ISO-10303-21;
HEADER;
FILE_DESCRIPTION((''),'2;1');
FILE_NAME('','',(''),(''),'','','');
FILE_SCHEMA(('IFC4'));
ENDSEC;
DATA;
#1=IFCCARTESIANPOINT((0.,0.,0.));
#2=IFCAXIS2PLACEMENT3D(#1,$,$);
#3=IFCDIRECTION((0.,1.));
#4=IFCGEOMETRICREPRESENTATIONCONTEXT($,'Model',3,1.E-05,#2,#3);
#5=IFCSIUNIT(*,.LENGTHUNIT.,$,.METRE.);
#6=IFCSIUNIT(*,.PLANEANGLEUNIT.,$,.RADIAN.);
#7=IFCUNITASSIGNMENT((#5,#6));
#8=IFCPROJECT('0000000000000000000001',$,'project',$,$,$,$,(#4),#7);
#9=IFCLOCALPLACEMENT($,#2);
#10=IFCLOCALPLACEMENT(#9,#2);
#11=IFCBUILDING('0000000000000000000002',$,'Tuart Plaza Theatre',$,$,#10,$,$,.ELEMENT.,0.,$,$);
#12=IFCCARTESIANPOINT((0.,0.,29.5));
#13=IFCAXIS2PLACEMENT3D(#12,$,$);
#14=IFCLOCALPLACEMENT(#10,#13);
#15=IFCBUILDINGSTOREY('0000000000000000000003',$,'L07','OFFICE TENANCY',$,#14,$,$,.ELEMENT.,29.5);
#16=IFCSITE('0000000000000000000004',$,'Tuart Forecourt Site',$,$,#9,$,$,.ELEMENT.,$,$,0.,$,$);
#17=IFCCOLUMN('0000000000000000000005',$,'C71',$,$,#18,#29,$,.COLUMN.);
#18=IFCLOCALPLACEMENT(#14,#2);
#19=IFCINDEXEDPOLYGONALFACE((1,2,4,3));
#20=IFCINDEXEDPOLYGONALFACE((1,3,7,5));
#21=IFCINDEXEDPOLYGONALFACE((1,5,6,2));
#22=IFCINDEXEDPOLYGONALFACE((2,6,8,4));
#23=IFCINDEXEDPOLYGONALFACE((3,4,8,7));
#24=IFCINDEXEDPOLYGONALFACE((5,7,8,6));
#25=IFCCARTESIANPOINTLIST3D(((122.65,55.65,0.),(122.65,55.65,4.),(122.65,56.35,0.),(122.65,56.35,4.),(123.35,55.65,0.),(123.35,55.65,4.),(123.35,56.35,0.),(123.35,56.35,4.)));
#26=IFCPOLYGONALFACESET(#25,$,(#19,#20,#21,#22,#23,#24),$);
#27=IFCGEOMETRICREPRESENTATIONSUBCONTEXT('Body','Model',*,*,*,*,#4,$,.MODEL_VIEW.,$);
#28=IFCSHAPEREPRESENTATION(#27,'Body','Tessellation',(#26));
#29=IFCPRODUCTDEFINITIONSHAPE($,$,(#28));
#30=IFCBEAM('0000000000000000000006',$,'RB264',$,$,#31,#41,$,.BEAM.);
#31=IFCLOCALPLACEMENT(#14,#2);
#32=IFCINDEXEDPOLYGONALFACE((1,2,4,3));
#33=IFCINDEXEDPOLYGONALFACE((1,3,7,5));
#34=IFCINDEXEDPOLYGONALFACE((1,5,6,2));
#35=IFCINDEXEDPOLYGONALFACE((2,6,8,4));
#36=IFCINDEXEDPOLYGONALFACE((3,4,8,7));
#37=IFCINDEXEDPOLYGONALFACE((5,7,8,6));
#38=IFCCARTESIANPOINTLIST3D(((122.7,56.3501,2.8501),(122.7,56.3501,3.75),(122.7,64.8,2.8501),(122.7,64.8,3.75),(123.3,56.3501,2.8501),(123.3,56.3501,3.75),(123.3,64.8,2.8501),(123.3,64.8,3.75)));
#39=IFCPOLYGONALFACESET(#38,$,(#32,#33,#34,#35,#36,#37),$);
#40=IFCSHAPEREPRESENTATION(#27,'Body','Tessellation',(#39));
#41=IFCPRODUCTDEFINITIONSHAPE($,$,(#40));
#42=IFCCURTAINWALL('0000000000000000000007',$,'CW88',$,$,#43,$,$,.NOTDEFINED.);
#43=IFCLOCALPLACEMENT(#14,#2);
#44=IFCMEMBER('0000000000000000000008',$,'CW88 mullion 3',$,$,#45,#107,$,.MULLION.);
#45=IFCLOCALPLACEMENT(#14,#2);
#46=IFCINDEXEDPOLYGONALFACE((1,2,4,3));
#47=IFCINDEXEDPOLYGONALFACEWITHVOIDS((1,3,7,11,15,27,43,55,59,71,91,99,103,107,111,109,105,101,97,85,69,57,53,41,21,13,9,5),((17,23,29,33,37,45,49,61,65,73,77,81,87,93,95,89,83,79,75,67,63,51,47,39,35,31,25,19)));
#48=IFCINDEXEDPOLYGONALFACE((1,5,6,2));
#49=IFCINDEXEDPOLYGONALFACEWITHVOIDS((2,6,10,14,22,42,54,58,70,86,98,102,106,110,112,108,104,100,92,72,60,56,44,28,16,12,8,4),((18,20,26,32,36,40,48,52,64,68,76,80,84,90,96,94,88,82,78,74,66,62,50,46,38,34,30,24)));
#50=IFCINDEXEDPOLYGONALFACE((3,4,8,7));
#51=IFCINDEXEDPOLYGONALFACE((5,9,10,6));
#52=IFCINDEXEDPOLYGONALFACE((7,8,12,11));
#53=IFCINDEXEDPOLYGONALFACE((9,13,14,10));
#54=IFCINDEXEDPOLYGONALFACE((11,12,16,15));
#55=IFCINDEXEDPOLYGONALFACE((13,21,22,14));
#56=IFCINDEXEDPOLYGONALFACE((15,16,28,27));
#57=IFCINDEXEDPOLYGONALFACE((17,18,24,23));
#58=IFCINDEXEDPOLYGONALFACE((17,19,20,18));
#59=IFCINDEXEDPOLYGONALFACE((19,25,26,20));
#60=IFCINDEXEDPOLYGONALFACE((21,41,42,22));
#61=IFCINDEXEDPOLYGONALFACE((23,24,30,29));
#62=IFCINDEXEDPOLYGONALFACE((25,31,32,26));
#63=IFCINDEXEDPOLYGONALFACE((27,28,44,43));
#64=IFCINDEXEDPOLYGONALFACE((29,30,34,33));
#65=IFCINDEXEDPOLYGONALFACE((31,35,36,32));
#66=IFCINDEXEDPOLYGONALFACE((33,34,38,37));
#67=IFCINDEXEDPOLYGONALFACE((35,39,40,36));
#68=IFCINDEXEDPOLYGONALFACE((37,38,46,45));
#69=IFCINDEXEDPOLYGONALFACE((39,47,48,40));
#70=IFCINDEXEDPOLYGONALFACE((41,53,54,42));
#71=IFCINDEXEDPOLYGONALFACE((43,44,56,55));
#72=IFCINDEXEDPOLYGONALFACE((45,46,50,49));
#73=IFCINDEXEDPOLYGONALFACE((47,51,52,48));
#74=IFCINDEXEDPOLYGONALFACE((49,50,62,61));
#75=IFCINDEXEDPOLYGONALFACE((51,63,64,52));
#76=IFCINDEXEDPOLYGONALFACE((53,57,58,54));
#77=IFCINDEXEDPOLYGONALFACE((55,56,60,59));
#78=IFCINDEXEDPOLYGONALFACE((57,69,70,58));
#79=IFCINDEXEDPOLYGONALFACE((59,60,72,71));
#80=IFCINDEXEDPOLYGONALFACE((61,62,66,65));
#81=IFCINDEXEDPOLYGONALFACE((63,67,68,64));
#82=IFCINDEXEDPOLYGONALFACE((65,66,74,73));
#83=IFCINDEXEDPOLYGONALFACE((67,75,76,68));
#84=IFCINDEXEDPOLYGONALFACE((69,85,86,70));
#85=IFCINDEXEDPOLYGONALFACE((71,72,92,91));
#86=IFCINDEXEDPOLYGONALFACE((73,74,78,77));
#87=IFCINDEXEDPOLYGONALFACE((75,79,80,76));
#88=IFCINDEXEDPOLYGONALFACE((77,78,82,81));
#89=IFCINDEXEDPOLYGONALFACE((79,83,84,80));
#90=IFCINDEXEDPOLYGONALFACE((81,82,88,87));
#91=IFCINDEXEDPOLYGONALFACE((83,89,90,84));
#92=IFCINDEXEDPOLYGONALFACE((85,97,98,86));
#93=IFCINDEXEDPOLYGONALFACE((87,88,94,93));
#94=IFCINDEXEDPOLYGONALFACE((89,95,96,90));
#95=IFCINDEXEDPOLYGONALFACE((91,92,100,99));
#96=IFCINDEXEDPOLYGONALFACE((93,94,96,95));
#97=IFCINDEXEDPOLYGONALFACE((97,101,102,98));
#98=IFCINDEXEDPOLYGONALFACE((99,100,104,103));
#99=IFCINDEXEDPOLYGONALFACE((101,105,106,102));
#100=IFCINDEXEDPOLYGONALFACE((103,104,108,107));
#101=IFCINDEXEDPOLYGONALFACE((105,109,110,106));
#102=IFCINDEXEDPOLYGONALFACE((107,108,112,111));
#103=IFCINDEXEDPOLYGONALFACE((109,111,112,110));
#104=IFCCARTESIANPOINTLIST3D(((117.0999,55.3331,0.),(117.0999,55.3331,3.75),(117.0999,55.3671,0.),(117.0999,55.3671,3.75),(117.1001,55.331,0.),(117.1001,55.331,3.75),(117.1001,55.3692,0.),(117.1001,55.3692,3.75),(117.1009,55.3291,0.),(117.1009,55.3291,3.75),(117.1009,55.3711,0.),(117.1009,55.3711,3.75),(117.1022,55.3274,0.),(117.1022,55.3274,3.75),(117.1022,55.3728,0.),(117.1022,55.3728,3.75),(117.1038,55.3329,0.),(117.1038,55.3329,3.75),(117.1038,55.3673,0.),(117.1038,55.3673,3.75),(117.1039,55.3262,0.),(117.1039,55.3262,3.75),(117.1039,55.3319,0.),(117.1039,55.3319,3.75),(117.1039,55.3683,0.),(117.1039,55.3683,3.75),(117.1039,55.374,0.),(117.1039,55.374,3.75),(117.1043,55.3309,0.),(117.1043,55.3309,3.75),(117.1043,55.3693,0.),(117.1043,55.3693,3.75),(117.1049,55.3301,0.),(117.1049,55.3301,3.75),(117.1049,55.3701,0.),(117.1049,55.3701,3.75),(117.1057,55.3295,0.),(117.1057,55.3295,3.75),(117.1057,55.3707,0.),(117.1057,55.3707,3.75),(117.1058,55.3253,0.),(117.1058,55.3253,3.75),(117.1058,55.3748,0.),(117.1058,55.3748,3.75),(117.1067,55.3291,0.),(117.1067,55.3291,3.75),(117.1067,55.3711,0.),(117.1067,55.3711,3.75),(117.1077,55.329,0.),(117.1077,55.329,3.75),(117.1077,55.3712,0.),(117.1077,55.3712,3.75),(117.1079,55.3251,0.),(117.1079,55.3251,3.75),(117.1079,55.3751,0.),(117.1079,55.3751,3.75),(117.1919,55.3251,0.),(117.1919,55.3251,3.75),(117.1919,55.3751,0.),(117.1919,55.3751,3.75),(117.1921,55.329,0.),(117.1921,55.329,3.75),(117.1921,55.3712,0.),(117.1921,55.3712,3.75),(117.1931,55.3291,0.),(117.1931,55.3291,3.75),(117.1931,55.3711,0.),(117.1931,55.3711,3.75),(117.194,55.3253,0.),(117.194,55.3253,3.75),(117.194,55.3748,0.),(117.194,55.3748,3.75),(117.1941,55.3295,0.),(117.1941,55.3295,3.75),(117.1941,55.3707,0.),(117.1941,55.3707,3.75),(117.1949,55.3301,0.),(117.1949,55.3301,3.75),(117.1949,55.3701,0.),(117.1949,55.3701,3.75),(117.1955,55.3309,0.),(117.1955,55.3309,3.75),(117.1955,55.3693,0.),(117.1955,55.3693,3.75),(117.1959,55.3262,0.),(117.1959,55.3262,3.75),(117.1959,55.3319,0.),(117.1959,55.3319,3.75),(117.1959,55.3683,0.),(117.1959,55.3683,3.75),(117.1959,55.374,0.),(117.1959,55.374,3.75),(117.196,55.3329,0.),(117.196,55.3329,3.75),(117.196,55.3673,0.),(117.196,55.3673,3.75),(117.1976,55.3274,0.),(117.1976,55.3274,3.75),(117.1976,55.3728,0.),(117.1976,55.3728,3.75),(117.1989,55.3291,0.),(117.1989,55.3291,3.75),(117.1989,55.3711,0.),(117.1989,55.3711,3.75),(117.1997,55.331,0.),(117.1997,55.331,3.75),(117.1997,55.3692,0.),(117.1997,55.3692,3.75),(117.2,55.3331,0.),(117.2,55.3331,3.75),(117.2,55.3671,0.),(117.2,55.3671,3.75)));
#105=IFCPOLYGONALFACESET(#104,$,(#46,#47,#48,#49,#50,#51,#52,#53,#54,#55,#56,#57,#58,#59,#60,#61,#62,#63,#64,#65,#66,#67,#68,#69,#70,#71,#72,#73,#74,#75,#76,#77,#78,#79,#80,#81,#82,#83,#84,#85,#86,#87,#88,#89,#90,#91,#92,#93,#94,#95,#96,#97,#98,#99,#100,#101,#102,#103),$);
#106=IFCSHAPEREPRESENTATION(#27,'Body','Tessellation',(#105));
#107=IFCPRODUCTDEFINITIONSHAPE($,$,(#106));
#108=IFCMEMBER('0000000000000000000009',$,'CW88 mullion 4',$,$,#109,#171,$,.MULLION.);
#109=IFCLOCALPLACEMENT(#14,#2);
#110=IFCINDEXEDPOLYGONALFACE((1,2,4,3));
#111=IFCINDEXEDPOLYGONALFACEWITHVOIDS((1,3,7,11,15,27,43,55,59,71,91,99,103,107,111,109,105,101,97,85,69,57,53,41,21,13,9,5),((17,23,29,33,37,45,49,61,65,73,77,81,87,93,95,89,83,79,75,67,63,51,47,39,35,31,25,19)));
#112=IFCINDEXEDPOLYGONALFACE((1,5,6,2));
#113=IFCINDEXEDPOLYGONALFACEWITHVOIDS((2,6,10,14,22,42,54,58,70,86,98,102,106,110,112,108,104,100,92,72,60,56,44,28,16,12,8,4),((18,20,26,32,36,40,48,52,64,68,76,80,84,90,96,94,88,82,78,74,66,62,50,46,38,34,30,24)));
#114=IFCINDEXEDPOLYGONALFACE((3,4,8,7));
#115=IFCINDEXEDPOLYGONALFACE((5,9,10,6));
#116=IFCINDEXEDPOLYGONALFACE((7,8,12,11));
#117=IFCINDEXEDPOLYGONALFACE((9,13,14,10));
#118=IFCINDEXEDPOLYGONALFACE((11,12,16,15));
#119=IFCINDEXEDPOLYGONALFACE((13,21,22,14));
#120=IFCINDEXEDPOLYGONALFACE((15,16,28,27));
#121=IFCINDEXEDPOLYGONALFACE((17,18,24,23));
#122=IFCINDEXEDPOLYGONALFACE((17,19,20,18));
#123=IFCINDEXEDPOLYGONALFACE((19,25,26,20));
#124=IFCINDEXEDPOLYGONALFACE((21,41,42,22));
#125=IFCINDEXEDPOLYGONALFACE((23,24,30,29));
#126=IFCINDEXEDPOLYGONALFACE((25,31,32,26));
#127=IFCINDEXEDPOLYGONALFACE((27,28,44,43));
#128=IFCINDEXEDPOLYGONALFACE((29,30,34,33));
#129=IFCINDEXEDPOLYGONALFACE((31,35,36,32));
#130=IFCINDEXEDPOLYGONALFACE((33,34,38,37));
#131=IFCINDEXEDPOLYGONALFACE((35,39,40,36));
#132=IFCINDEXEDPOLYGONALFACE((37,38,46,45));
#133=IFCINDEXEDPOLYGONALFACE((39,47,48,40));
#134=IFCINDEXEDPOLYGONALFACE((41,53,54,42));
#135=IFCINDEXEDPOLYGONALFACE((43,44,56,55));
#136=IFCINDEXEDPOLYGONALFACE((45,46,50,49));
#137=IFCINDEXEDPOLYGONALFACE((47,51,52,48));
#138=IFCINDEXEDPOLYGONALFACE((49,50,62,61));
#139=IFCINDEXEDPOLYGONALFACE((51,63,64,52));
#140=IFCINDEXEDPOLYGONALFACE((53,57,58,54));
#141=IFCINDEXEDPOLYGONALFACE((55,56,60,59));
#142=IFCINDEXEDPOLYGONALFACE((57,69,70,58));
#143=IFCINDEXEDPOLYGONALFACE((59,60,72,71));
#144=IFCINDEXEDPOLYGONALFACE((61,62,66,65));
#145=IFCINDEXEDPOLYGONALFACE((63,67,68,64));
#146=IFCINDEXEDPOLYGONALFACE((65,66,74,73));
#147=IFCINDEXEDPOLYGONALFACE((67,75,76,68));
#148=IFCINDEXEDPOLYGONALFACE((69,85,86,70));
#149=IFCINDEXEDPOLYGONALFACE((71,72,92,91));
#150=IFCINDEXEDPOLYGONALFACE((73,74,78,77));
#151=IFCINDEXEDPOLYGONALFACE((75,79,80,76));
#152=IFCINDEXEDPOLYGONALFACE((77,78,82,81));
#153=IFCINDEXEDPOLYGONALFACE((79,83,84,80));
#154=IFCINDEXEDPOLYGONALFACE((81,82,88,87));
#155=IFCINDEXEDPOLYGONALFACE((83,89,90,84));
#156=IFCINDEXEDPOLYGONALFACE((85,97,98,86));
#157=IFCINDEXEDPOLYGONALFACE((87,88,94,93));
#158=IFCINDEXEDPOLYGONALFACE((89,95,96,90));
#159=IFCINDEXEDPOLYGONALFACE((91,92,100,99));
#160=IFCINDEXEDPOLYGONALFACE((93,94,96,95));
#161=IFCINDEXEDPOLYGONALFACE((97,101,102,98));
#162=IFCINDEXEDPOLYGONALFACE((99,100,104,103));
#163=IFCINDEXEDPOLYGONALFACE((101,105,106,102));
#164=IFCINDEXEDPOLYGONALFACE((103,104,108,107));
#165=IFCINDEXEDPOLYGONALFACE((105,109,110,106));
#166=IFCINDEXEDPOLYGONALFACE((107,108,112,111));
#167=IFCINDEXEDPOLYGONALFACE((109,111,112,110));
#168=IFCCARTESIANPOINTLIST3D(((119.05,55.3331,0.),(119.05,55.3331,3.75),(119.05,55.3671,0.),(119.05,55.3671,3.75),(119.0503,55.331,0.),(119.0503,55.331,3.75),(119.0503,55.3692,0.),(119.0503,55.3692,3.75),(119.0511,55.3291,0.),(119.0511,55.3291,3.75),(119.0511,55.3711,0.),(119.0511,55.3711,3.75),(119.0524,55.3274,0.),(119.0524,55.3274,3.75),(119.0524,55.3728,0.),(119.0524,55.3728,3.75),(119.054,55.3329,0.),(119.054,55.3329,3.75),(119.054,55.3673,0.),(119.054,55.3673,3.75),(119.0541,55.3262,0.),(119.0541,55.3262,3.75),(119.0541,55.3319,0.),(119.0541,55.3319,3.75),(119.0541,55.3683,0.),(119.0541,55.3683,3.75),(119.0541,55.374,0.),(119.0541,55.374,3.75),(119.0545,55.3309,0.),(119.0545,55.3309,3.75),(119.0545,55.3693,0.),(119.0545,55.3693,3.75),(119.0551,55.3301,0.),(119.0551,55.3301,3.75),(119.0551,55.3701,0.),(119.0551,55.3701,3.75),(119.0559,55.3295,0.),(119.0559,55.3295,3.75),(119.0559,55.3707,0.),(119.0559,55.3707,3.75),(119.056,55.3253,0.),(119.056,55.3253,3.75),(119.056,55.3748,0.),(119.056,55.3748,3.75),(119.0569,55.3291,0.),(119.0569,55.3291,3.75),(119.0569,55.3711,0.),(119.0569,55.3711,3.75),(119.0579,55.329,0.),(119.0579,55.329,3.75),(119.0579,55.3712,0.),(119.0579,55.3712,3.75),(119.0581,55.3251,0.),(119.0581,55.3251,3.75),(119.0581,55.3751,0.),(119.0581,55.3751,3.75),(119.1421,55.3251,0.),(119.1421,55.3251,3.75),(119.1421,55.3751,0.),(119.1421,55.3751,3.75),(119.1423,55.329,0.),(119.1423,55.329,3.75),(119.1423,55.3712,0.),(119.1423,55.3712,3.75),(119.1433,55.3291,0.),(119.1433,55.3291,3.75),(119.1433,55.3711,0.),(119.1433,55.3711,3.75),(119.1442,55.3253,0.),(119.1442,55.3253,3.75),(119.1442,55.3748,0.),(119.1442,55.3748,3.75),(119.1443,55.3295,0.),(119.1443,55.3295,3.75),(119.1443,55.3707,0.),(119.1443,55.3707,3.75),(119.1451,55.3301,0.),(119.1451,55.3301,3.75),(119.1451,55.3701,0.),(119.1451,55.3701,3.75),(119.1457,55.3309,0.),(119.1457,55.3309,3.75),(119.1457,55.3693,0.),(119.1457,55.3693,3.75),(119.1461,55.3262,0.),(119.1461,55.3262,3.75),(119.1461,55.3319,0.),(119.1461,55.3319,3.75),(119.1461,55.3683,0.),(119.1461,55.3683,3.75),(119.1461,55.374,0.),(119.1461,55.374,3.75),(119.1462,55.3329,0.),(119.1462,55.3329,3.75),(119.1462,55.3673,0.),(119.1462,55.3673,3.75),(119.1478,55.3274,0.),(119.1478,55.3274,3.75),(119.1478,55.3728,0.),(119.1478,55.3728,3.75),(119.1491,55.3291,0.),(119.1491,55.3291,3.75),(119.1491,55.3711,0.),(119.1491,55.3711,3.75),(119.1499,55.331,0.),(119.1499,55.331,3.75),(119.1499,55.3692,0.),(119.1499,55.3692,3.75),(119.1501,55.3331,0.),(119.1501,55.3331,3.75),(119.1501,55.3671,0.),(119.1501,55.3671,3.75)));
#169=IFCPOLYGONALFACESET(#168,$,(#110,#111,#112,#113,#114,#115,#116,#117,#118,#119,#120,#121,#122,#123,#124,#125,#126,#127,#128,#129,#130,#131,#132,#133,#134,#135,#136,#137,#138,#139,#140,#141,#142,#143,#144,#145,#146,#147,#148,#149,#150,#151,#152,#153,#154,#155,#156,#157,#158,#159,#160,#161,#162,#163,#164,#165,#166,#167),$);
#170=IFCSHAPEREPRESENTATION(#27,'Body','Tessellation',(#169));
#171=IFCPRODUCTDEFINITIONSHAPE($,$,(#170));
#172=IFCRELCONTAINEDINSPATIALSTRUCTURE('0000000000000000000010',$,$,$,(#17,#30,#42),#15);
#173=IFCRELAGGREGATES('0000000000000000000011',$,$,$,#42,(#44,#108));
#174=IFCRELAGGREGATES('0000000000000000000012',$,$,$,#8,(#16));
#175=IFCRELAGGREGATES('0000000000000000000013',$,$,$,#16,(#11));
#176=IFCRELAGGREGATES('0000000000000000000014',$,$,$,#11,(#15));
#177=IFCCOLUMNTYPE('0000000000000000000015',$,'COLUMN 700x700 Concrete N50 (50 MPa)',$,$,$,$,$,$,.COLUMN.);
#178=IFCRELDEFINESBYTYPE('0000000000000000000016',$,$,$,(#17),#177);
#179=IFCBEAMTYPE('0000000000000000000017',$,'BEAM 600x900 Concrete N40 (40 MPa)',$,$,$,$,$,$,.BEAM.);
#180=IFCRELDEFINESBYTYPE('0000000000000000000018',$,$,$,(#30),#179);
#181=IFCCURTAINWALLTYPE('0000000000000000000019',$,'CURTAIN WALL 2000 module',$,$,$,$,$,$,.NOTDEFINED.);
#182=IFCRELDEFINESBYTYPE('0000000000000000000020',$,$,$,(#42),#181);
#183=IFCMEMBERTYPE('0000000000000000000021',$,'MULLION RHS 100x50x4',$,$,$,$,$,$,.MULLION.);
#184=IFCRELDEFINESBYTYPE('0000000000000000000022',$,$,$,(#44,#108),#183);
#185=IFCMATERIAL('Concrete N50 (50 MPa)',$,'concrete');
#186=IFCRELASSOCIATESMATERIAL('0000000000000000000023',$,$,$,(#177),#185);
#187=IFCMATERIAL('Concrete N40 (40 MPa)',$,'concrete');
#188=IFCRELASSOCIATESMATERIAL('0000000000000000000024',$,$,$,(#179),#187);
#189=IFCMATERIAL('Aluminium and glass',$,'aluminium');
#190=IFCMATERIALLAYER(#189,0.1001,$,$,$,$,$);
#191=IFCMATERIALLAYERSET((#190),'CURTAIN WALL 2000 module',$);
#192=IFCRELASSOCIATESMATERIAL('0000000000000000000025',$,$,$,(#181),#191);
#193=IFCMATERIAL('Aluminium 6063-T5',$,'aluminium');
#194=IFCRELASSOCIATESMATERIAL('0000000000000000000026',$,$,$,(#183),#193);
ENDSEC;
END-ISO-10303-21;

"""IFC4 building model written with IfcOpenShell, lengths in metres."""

from ifc_helpers import new_model, si_unit, direction, frame, origin, origin_2d, place, context, subcontext, project, spatial, rectangle, hollow_rectangle, extrude, material, layer, layer_set, material_profile, profile_set, type_object, element, aggregate, save


model = new_model("IFC4")

# Units and contexts
model_context = context("Model", 3, precision=1e-05, world=origin(), true_north=direction((0.0, 1.0)))
body_context = subcontext(model_context, "Body", "Model", "MODEL_VIEW")
ifc_project = project(units=[si_unit("LENGTHUNIT", "METRE"), si_unit("PLANEANGLEUNIT", "RADIAN")], contexts=[model_context])

# Site, building, storey
site_placement = place(None, origin())
site = spatial("IfcSite", under=ifc_project, at=site_placement, Name="Tuart Forecourt Site", CompositionType="ELEMENT", RefElevation=0.0)
building_placement = place(site_placement, origin())
building = spatial("IfcBuilding", under=site, at=building_placement, Name="Tuart Plaza Theatre", CompositionType="ELEMENT", ElevationOfRefHeight=0.0)
storey_placement = place(building_placement, frame((0.0, 0.0, 29.5)))
storey = spatial("IfcBuildingStorey", under=building, at=storey_placement, Name="L07", Description="OFFICE TENANCY", CompositionType="ELEMENT", Elevation=29.5)

# Column
ifc_material_1 = material(Name="Concrete N50 (50 MPa)", Category="concrete")
ifc_material_profile_1 = material_profile(ifc_material_1, rectangle(XDim=0.7, YDim=0.7, at=origin_2d()), Name="COLUMN 700x700 Concrete N50 (50 MPa)")
ifc_profile_set_1 = profile_set([ifc_material_profile_1], Name="Concrete N50 (50 MPa)")
column_type = type_object("IfcColumnType", Name="COLUMN 700x700 Concrete N50 (50 MPa)", PredefinedType="COLUMN", material=ifc_profile_set_1)
column_placement = place(storey_placement, frame((123.0, 56.0, 0.0), z_axis=(0.0, 0.0, 1.0), x_axis=(1.0, 0.0, 0.0)))
element("IfcColumn", 1, at=column_placement, inside=storey, type_object=column_type, Name="C71", PredefinedType="COLUMN", context=body_context, shape_type="SweptSolid", body=[
    extrude(rectangle(XDim=0.7, YDim=0.7, at=origin_2d()), origin(), (0.0, 0.0, 1.0), 4.0),
])

# Beam
ifc_material_2 = material(Name="Concrete N40 (40 MPa)", Category="concrete")
ifc_material_profile_2 = material_profile(ifc_material_2, rectangle(XDim=0.6001, YDim=0.8999, at=origin_2d()), Name="BEAM 600x900 Concrete N40 (40 MPa)")
ifc_profile_set_2 = profile_set([ifc_material_profile_2], Name="Concrete N40 (40 MPa)")
beam_type = type_object("IfcBeamType", Name="BEAM 600x900 Concrete N40 (40 MPa)", PredefinedType="BEAM", material=ifc_profile_set_2)
beam_placement = place(storey_placement, frame((123.0, 56.3501, 3.3), z_axis=(0.0, 1.0, 0.0), x_axis=(-1.0, 0.0, 0.0)))
element("IfcBeam", 2, at=beam_placement, inside=storey, type_object=beam_type, Name="RB264", PredefinedType="BEAM", context=body_context, shape_type="SweptSolid", body=[
    extrude(rectangle(XDim=0.6001, YDim=0.8999, at=origin_2d()), origin(), (0.0, 0.0, 1.0), 8.45),
])

# Curtain wall, members
ifc_material_3 = material(Name="Aluminium and glass", Category="aluminium")
ifc_layer_1 = layer(ifc_material_3, 0.1001)
ifc_layer_set_1 = layer_set([ifc_layer_1], Name="CURTAIN WALL 2000 module")
curtain_wall_type = type_object("IfcCurtainWallType", Name="CURTAIN WALL 2000 module", PredefinedType="NOTDEFINED", material=ifc_layer_set_1)
curtain_wall_placement = place(storey_placement, origin())
curtain_wall = element("IfcCurtainWall", 3, at=curtain_wall_placement, inside=storey, type_object=curtain_wall_type, Name="CW88", PredefinedType="NOTDEFINED")
ifc_material_4 = material(Name="Aluminium 6063-T5", Category="aluminium")
ifc_material_profile_3 = material_profile(ifc_material_4, hollow_rectangle(XDim=0.05, YDim=0.1001, WallThickness=0.0039, InnerFilletRadius=0.0039, OuterFilletRadius=0.0081, at=origin_2d()), Name="RHS 100x50x4")
ifc_profile_set_3 = profile_set([ifc_material_profile_3], Name="Aluminium 6063-T5")
member_type_1 = type_object("IfcMemberType", Name="MULLION RHS 100x50x4", PredefinedType="MULLION", material=ifc_profile_set_3)
member_1_placement = place(storey_placement, frame((117.1499, 55.3501, 0.0), z_axis=(0.0, 0.0, 1.0), x_axis=(0.0, 1.0, 0.0)))
member_1 = element("IfcMember", 4, at=member_1_placement, type_object=member_type_1, Name="CW88 mullion 3", PredefinedType="MULLION", context=body_context, shape_type="SweptSolid", body=[
    extrude(hollow_rectangle(XDim=0.05, YDim=0.1001, WallThickness=0.0039, InnerFilletRadius=0.0039, OuterFilletRadius=0.0081, at=origin_2d()), origin(), (0.0, 0.0, 1.0), 3.75),
])
member_2_placement = place(storey_placement, frame((119.1001, 55.3501, 0.0), z_axis=(0.0, 0.0, 1.0), x_axis=(0.0, 1.0, 0.0)))
member_2 = element("IfcMember", 5, at=member_2_placement, type_object=member_type_1, Name="CW88 mullion 4", PredefinedType="MULLION", context=body_context, shape_type="SweptSolid", body=[
    extrude(hollow_rectangle(XDim=0.05, YDim=0.1001, WallThickness=0.0039, InnerFilletRadius=0.0039, OuterFilletRadius=0.0081, at=origin_2d()), origin(), (0.0, 0.0, 1.0), 3.75),
])
aggregate(curtain_wall, [member_1, member_2])

save(model, "model.ifc")
